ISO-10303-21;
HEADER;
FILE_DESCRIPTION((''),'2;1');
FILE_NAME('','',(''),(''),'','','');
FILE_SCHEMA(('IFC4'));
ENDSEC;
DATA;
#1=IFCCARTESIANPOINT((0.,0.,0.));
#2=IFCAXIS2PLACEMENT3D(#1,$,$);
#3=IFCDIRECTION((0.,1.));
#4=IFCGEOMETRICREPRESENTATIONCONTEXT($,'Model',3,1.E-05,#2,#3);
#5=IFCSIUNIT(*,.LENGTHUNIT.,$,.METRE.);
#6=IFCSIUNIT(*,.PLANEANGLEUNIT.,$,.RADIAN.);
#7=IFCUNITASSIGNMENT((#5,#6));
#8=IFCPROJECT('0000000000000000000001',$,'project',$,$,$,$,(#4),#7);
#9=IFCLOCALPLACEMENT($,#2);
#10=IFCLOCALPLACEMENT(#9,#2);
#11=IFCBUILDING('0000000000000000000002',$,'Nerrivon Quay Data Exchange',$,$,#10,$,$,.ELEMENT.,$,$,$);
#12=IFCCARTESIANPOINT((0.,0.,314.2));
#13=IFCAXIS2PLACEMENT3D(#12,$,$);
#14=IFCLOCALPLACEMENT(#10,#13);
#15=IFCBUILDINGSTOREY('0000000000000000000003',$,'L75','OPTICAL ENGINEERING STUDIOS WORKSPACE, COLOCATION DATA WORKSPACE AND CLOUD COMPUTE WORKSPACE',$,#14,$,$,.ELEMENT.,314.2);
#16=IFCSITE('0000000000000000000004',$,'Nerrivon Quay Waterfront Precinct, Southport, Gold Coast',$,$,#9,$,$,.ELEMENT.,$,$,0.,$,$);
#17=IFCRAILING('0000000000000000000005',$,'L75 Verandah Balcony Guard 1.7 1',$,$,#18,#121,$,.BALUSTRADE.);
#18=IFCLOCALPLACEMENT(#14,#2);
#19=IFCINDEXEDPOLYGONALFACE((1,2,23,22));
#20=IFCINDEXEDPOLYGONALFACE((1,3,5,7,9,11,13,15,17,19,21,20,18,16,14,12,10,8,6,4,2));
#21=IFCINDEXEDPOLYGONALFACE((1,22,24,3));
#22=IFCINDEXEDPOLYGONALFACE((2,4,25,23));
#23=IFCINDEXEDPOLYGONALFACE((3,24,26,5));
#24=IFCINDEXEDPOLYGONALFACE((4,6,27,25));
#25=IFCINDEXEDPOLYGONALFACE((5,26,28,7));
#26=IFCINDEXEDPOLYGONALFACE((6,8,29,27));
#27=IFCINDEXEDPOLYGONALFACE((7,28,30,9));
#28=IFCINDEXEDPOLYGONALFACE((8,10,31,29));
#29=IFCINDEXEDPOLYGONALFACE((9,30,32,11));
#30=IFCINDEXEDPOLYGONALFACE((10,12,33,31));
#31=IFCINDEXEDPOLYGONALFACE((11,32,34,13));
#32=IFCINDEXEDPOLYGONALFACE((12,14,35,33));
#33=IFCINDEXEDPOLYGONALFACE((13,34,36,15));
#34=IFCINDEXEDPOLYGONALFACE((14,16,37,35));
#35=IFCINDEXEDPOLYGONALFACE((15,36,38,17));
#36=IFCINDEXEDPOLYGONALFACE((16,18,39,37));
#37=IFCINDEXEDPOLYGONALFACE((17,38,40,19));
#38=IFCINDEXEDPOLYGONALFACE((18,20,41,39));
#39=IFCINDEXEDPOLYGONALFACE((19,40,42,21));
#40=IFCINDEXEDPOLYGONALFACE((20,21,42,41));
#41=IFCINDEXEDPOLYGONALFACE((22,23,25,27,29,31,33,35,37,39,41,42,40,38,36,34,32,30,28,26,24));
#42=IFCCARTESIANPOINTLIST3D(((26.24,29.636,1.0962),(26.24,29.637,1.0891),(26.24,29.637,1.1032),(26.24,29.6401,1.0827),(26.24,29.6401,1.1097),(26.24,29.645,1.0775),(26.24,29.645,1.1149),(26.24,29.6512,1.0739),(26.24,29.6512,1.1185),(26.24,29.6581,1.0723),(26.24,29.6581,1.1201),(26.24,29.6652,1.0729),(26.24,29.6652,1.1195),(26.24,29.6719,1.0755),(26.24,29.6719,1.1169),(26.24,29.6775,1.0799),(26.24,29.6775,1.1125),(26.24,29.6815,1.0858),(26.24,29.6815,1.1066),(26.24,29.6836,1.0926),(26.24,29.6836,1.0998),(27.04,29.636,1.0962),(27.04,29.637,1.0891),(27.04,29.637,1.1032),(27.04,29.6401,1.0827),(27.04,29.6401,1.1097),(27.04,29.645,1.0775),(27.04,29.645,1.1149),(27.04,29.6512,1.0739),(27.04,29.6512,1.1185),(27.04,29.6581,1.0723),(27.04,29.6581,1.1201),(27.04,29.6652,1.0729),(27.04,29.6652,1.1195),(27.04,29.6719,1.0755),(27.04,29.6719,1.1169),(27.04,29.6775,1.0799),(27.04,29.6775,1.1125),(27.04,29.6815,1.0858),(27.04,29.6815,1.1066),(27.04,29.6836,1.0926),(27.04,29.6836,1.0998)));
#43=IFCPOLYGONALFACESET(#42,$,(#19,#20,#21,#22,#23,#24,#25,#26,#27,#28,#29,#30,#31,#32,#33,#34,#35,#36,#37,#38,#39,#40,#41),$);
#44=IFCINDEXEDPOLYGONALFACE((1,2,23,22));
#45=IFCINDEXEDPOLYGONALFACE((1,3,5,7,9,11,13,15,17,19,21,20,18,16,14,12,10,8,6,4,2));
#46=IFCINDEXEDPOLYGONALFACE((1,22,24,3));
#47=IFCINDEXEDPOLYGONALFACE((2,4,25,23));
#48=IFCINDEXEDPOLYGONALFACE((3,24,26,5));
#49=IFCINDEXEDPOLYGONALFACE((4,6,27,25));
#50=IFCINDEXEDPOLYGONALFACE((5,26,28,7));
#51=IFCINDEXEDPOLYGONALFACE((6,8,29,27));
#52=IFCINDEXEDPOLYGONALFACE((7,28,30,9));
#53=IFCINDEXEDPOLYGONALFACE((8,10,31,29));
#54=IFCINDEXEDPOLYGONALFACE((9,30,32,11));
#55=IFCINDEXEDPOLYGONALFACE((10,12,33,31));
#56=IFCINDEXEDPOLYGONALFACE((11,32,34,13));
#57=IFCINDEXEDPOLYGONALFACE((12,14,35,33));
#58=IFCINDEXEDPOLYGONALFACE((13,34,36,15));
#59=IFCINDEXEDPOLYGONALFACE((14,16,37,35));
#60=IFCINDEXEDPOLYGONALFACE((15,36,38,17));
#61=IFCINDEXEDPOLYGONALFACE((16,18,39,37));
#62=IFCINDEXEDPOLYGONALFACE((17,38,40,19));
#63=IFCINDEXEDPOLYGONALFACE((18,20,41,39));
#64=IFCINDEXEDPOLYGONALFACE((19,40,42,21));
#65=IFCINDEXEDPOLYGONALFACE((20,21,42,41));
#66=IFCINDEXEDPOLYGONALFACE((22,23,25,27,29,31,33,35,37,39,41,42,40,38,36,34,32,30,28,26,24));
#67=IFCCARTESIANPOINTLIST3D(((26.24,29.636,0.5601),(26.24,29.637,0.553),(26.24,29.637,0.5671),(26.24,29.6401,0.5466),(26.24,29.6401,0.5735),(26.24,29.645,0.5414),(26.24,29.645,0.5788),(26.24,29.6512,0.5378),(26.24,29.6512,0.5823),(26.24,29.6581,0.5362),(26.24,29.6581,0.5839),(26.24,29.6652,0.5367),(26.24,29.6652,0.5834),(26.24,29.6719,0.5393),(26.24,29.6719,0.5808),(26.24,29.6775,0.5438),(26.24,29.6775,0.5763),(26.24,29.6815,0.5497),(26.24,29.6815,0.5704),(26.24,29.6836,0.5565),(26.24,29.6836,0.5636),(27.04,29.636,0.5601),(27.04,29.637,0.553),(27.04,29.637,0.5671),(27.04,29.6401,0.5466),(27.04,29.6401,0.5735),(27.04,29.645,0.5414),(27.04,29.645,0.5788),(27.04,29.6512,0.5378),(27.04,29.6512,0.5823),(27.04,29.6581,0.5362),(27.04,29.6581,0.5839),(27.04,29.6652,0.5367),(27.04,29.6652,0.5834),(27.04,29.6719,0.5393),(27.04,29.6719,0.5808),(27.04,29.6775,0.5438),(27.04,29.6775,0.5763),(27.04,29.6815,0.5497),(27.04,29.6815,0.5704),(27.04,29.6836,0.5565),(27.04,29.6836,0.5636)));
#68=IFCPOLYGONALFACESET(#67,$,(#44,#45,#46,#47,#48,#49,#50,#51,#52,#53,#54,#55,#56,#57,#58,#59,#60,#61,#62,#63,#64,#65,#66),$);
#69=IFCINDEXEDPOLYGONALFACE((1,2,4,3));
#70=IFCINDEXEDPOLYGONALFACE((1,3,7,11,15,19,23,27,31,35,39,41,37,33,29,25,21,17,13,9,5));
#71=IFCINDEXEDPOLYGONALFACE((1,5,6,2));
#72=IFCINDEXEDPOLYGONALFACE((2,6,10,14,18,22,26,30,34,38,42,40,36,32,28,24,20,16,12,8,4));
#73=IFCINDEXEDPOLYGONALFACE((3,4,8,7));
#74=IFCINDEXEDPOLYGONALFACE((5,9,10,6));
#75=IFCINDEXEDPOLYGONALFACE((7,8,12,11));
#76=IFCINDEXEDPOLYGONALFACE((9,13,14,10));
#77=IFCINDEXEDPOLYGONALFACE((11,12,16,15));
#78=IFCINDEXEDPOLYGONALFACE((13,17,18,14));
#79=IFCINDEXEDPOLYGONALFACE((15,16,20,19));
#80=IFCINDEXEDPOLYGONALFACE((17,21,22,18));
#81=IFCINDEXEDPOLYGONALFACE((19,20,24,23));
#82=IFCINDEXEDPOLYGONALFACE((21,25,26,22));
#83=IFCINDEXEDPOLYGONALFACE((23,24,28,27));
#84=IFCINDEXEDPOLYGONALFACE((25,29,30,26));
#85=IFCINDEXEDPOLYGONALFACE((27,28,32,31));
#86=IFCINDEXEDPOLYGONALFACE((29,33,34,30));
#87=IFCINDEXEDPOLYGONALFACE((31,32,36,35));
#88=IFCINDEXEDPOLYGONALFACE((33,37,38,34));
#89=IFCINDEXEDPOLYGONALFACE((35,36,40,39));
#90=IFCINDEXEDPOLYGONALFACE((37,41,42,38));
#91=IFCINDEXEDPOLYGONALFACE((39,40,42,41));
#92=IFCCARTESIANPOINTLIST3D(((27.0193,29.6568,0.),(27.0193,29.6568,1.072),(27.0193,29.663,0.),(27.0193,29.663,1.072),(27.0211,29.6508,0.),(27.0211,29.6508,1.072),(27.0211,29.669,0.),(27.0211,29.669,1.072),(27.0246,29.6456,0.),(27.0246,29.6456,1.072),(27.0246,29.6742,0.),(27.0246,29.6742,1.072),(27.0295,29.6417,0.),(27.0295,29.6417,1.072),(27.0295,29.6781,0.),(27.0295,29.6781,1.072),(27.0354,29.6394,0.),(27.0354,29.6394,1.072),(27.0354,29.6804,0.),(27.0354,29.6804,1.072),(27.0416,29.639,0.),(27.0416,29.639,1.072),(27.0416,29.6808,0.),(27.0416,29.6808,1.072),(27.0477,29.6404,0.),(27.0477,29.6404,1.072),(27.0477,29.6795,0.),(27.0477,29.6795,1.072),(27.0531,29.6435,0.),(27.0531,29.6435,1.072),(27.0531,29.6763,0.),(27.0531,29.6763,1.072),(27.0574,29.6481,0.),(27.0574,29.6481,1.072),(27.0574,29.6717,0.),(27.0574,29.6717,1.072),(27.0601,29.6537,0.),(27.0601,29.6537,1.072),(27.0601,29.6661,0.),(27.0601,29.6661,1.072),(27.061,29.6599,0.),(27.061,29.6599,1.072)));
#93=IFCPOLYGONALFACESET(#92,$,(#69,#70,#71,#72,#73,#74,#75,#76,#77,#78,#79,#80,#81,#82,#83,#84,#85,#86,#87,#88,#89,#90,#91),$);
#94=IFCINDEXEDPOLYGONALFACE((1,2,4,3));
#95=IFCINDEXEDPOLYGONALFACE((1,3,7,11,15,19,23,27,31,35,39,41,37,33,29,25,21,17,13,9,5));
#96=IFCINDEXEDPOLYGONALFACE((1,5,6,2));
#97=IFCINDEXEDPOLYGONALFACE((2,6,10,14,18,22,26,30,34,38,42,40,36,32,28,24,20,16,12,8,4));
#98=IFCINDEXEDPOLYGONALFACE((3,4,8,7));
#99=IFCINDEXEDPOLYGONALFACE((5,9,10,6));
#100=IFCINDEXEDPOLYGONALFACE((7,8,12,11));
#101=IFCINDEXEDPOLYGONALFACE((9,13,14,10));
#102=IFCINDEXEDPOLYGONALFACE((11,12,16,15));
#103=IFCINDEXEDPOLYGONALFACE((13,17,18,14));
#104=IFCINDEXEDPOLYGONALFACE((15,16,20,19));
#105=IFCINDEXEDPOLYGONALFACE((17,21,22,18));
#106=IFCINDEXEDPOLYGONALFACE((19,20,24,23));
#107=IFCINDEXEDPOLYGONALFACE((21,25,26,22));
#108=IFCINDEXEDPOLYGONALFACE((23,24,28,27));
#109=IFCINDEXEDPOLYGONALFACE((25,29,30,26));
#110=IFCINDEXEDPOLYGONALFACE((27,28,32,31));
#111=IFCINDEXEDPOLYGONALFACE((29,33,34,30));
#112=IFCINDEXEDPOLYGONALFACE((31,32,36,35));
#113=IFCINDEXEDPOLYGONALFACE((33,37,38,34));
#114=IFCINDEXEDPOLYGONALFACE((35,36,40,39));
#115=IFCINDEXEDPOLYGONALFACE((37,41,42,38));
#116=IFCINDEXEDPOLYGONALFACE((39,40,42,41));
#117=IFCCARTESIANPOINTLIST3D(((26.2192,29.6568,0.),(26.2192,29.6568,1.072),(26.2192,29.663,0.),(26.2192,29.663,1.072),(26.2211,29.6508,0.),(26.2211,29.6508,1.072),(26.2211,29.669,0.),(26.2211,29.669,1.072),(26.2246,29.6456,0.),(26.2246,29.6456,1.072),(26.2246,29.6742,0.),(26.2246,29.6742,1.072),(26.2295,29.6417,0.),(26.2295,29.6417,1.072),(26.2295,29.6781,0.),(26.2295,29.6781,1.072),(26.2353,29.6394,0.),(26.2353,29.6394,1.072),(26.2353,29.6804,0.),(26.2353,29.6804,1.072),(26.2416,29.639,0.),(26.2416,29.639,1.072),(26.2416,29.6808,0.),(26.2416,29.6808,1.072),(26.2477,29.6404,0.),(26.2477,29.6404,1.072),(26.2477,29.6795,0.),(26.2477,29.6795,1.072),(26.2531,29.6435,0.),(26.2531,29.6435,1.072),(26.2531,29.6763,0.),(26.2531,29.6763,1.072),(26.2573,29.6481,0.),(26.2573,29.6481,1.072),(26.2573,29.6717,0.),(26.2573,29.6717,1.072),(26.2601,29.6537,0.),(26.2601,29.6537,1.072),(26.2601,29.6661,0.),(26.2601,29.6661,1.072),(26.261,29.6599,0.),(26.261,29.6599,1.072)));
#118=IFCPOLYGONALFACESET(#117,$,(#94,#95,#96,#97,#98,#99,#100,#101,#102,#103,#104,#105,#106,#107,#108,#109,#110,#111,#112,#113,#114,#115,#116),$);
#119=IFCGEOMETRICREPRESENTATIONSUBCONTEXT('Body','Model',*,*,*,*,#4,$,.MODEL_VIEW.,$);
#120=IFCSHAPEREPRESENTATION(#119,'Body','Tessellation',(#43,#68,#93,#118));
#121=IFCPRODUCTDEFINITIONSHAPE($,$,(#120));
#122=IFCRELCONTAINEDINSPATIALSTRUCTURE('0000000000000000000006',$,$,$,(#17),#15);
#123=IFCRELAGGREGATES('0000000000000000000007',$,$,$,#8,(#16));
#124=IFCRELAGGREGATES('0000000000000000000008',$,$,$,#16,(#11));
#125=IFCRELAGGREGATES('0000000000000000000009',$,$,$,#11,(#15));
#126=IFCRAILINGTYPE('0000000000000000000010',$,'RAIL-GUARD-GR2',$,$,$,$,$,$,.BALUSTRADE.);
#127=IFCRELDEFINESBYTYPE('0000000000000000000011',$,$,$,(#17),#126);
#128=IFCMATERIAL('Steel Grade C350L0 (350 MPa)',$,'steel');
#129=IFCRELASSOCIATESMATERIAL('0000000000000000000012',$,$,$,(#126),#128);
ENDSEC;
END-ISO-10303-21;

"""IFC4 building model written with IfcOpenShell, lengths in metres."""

from ifc_helpers import new_model, si_unit, direction, frame, origin, origin_2d, place, context, subcontext, project, spatial, circle, extrude, material, type_object, element, save


model = new_model("IFC4")

# Units and contexts
model_context = context("Model", 3, precision=1e-05, world=origin(), true_north=direction((0.0, 1.0)))
body_context = subcontext(model_context, "Body", "Model", "MODEL_VIEW")
ifc_project = project(units=[si_unit("LENGTHUNIT", "METRE"), si_unit("PLANEANGLEUNIT", "RADIAN")], contexts=[model_context])

# Site, building, storey
site_placement = place(None, origin())
site = spatial("IfcSite", under=ifc_project, at=site_placement, Name="Nerrivon Quay Waterfront Precinct, Southport, Gold Coast", CompositionType="ELEMENT", RefElevation=0.0)
building_placement = place(site_placement, origin())
building = spatial("IfcBuilding", under=site, at=building_placement, Name="Nerrivon Quay Data Exchange", CompositionType="ELEMENT")
storey_placement = place(building_placement, frame((0.0, 0.0, 314.2)))
storey = spatial("IfcBuildingStorey", under=building, at=storey_placement, Name="L75", Description="OPTICAL ENGINEERING STUDIOS WORKSPACE, COLOCATION DATA WORKSPACE AND CLOUD COMPUTE WORKSPACE", CompositionType="ELEMENT", Elevation=314.2)

# Railing
ifc_material_1 = material(Name="Steel Grade C350L0 (350 MPa)", Category="steel")
railing_type = type_object("IfcRailingType", Name="RAIL-GUARD-GR2", PredefinedType="BALUSTRADE", material=ifc_material_1)
railing_1_placement = place(storey_placement, frame((27.04, 29.6599, 0.0)))
element("IfcRailing", 1, at=railing_1_placement, inside=storey, type_object=railing_type, Name="L75 Verandah Balcony Guard 1.7 1", PredefinedType="BALUSTRADE", context=body_context, shape_type="SweptSolid", body=[
    extrude(circle(Radius=0.0239, at=origin_2d()), frame((0.0, 0.0, 1.0962), z_axis=(-1.0, 0.0, 0.0), x_axis=(0.0, -1.0, 0.0)), (0.0, 0.0, 1.0), 0.8),
    extrude(circle(Radius=0.0239, at=origin_2d()), frame((0.0, 0.0, 0.5601), z_axis=(-1.0, 0.0, 0.0), x_axis=(0.0, -1.0, 0.0)), (0.0, 0.0, 1.0), 0.8),
    extrude(circle(Radius=0.021, at=origin_2d()), origin(), (0.0, 0.0, 1.0), 1.072),
    extrude(circle(Radius=0.021, at=origin_2d()), frame((-0.8, 0.0, 0.0)), (0.0, 0.0, 1.0), 1.072),
])

save(model, "model.ifc")
